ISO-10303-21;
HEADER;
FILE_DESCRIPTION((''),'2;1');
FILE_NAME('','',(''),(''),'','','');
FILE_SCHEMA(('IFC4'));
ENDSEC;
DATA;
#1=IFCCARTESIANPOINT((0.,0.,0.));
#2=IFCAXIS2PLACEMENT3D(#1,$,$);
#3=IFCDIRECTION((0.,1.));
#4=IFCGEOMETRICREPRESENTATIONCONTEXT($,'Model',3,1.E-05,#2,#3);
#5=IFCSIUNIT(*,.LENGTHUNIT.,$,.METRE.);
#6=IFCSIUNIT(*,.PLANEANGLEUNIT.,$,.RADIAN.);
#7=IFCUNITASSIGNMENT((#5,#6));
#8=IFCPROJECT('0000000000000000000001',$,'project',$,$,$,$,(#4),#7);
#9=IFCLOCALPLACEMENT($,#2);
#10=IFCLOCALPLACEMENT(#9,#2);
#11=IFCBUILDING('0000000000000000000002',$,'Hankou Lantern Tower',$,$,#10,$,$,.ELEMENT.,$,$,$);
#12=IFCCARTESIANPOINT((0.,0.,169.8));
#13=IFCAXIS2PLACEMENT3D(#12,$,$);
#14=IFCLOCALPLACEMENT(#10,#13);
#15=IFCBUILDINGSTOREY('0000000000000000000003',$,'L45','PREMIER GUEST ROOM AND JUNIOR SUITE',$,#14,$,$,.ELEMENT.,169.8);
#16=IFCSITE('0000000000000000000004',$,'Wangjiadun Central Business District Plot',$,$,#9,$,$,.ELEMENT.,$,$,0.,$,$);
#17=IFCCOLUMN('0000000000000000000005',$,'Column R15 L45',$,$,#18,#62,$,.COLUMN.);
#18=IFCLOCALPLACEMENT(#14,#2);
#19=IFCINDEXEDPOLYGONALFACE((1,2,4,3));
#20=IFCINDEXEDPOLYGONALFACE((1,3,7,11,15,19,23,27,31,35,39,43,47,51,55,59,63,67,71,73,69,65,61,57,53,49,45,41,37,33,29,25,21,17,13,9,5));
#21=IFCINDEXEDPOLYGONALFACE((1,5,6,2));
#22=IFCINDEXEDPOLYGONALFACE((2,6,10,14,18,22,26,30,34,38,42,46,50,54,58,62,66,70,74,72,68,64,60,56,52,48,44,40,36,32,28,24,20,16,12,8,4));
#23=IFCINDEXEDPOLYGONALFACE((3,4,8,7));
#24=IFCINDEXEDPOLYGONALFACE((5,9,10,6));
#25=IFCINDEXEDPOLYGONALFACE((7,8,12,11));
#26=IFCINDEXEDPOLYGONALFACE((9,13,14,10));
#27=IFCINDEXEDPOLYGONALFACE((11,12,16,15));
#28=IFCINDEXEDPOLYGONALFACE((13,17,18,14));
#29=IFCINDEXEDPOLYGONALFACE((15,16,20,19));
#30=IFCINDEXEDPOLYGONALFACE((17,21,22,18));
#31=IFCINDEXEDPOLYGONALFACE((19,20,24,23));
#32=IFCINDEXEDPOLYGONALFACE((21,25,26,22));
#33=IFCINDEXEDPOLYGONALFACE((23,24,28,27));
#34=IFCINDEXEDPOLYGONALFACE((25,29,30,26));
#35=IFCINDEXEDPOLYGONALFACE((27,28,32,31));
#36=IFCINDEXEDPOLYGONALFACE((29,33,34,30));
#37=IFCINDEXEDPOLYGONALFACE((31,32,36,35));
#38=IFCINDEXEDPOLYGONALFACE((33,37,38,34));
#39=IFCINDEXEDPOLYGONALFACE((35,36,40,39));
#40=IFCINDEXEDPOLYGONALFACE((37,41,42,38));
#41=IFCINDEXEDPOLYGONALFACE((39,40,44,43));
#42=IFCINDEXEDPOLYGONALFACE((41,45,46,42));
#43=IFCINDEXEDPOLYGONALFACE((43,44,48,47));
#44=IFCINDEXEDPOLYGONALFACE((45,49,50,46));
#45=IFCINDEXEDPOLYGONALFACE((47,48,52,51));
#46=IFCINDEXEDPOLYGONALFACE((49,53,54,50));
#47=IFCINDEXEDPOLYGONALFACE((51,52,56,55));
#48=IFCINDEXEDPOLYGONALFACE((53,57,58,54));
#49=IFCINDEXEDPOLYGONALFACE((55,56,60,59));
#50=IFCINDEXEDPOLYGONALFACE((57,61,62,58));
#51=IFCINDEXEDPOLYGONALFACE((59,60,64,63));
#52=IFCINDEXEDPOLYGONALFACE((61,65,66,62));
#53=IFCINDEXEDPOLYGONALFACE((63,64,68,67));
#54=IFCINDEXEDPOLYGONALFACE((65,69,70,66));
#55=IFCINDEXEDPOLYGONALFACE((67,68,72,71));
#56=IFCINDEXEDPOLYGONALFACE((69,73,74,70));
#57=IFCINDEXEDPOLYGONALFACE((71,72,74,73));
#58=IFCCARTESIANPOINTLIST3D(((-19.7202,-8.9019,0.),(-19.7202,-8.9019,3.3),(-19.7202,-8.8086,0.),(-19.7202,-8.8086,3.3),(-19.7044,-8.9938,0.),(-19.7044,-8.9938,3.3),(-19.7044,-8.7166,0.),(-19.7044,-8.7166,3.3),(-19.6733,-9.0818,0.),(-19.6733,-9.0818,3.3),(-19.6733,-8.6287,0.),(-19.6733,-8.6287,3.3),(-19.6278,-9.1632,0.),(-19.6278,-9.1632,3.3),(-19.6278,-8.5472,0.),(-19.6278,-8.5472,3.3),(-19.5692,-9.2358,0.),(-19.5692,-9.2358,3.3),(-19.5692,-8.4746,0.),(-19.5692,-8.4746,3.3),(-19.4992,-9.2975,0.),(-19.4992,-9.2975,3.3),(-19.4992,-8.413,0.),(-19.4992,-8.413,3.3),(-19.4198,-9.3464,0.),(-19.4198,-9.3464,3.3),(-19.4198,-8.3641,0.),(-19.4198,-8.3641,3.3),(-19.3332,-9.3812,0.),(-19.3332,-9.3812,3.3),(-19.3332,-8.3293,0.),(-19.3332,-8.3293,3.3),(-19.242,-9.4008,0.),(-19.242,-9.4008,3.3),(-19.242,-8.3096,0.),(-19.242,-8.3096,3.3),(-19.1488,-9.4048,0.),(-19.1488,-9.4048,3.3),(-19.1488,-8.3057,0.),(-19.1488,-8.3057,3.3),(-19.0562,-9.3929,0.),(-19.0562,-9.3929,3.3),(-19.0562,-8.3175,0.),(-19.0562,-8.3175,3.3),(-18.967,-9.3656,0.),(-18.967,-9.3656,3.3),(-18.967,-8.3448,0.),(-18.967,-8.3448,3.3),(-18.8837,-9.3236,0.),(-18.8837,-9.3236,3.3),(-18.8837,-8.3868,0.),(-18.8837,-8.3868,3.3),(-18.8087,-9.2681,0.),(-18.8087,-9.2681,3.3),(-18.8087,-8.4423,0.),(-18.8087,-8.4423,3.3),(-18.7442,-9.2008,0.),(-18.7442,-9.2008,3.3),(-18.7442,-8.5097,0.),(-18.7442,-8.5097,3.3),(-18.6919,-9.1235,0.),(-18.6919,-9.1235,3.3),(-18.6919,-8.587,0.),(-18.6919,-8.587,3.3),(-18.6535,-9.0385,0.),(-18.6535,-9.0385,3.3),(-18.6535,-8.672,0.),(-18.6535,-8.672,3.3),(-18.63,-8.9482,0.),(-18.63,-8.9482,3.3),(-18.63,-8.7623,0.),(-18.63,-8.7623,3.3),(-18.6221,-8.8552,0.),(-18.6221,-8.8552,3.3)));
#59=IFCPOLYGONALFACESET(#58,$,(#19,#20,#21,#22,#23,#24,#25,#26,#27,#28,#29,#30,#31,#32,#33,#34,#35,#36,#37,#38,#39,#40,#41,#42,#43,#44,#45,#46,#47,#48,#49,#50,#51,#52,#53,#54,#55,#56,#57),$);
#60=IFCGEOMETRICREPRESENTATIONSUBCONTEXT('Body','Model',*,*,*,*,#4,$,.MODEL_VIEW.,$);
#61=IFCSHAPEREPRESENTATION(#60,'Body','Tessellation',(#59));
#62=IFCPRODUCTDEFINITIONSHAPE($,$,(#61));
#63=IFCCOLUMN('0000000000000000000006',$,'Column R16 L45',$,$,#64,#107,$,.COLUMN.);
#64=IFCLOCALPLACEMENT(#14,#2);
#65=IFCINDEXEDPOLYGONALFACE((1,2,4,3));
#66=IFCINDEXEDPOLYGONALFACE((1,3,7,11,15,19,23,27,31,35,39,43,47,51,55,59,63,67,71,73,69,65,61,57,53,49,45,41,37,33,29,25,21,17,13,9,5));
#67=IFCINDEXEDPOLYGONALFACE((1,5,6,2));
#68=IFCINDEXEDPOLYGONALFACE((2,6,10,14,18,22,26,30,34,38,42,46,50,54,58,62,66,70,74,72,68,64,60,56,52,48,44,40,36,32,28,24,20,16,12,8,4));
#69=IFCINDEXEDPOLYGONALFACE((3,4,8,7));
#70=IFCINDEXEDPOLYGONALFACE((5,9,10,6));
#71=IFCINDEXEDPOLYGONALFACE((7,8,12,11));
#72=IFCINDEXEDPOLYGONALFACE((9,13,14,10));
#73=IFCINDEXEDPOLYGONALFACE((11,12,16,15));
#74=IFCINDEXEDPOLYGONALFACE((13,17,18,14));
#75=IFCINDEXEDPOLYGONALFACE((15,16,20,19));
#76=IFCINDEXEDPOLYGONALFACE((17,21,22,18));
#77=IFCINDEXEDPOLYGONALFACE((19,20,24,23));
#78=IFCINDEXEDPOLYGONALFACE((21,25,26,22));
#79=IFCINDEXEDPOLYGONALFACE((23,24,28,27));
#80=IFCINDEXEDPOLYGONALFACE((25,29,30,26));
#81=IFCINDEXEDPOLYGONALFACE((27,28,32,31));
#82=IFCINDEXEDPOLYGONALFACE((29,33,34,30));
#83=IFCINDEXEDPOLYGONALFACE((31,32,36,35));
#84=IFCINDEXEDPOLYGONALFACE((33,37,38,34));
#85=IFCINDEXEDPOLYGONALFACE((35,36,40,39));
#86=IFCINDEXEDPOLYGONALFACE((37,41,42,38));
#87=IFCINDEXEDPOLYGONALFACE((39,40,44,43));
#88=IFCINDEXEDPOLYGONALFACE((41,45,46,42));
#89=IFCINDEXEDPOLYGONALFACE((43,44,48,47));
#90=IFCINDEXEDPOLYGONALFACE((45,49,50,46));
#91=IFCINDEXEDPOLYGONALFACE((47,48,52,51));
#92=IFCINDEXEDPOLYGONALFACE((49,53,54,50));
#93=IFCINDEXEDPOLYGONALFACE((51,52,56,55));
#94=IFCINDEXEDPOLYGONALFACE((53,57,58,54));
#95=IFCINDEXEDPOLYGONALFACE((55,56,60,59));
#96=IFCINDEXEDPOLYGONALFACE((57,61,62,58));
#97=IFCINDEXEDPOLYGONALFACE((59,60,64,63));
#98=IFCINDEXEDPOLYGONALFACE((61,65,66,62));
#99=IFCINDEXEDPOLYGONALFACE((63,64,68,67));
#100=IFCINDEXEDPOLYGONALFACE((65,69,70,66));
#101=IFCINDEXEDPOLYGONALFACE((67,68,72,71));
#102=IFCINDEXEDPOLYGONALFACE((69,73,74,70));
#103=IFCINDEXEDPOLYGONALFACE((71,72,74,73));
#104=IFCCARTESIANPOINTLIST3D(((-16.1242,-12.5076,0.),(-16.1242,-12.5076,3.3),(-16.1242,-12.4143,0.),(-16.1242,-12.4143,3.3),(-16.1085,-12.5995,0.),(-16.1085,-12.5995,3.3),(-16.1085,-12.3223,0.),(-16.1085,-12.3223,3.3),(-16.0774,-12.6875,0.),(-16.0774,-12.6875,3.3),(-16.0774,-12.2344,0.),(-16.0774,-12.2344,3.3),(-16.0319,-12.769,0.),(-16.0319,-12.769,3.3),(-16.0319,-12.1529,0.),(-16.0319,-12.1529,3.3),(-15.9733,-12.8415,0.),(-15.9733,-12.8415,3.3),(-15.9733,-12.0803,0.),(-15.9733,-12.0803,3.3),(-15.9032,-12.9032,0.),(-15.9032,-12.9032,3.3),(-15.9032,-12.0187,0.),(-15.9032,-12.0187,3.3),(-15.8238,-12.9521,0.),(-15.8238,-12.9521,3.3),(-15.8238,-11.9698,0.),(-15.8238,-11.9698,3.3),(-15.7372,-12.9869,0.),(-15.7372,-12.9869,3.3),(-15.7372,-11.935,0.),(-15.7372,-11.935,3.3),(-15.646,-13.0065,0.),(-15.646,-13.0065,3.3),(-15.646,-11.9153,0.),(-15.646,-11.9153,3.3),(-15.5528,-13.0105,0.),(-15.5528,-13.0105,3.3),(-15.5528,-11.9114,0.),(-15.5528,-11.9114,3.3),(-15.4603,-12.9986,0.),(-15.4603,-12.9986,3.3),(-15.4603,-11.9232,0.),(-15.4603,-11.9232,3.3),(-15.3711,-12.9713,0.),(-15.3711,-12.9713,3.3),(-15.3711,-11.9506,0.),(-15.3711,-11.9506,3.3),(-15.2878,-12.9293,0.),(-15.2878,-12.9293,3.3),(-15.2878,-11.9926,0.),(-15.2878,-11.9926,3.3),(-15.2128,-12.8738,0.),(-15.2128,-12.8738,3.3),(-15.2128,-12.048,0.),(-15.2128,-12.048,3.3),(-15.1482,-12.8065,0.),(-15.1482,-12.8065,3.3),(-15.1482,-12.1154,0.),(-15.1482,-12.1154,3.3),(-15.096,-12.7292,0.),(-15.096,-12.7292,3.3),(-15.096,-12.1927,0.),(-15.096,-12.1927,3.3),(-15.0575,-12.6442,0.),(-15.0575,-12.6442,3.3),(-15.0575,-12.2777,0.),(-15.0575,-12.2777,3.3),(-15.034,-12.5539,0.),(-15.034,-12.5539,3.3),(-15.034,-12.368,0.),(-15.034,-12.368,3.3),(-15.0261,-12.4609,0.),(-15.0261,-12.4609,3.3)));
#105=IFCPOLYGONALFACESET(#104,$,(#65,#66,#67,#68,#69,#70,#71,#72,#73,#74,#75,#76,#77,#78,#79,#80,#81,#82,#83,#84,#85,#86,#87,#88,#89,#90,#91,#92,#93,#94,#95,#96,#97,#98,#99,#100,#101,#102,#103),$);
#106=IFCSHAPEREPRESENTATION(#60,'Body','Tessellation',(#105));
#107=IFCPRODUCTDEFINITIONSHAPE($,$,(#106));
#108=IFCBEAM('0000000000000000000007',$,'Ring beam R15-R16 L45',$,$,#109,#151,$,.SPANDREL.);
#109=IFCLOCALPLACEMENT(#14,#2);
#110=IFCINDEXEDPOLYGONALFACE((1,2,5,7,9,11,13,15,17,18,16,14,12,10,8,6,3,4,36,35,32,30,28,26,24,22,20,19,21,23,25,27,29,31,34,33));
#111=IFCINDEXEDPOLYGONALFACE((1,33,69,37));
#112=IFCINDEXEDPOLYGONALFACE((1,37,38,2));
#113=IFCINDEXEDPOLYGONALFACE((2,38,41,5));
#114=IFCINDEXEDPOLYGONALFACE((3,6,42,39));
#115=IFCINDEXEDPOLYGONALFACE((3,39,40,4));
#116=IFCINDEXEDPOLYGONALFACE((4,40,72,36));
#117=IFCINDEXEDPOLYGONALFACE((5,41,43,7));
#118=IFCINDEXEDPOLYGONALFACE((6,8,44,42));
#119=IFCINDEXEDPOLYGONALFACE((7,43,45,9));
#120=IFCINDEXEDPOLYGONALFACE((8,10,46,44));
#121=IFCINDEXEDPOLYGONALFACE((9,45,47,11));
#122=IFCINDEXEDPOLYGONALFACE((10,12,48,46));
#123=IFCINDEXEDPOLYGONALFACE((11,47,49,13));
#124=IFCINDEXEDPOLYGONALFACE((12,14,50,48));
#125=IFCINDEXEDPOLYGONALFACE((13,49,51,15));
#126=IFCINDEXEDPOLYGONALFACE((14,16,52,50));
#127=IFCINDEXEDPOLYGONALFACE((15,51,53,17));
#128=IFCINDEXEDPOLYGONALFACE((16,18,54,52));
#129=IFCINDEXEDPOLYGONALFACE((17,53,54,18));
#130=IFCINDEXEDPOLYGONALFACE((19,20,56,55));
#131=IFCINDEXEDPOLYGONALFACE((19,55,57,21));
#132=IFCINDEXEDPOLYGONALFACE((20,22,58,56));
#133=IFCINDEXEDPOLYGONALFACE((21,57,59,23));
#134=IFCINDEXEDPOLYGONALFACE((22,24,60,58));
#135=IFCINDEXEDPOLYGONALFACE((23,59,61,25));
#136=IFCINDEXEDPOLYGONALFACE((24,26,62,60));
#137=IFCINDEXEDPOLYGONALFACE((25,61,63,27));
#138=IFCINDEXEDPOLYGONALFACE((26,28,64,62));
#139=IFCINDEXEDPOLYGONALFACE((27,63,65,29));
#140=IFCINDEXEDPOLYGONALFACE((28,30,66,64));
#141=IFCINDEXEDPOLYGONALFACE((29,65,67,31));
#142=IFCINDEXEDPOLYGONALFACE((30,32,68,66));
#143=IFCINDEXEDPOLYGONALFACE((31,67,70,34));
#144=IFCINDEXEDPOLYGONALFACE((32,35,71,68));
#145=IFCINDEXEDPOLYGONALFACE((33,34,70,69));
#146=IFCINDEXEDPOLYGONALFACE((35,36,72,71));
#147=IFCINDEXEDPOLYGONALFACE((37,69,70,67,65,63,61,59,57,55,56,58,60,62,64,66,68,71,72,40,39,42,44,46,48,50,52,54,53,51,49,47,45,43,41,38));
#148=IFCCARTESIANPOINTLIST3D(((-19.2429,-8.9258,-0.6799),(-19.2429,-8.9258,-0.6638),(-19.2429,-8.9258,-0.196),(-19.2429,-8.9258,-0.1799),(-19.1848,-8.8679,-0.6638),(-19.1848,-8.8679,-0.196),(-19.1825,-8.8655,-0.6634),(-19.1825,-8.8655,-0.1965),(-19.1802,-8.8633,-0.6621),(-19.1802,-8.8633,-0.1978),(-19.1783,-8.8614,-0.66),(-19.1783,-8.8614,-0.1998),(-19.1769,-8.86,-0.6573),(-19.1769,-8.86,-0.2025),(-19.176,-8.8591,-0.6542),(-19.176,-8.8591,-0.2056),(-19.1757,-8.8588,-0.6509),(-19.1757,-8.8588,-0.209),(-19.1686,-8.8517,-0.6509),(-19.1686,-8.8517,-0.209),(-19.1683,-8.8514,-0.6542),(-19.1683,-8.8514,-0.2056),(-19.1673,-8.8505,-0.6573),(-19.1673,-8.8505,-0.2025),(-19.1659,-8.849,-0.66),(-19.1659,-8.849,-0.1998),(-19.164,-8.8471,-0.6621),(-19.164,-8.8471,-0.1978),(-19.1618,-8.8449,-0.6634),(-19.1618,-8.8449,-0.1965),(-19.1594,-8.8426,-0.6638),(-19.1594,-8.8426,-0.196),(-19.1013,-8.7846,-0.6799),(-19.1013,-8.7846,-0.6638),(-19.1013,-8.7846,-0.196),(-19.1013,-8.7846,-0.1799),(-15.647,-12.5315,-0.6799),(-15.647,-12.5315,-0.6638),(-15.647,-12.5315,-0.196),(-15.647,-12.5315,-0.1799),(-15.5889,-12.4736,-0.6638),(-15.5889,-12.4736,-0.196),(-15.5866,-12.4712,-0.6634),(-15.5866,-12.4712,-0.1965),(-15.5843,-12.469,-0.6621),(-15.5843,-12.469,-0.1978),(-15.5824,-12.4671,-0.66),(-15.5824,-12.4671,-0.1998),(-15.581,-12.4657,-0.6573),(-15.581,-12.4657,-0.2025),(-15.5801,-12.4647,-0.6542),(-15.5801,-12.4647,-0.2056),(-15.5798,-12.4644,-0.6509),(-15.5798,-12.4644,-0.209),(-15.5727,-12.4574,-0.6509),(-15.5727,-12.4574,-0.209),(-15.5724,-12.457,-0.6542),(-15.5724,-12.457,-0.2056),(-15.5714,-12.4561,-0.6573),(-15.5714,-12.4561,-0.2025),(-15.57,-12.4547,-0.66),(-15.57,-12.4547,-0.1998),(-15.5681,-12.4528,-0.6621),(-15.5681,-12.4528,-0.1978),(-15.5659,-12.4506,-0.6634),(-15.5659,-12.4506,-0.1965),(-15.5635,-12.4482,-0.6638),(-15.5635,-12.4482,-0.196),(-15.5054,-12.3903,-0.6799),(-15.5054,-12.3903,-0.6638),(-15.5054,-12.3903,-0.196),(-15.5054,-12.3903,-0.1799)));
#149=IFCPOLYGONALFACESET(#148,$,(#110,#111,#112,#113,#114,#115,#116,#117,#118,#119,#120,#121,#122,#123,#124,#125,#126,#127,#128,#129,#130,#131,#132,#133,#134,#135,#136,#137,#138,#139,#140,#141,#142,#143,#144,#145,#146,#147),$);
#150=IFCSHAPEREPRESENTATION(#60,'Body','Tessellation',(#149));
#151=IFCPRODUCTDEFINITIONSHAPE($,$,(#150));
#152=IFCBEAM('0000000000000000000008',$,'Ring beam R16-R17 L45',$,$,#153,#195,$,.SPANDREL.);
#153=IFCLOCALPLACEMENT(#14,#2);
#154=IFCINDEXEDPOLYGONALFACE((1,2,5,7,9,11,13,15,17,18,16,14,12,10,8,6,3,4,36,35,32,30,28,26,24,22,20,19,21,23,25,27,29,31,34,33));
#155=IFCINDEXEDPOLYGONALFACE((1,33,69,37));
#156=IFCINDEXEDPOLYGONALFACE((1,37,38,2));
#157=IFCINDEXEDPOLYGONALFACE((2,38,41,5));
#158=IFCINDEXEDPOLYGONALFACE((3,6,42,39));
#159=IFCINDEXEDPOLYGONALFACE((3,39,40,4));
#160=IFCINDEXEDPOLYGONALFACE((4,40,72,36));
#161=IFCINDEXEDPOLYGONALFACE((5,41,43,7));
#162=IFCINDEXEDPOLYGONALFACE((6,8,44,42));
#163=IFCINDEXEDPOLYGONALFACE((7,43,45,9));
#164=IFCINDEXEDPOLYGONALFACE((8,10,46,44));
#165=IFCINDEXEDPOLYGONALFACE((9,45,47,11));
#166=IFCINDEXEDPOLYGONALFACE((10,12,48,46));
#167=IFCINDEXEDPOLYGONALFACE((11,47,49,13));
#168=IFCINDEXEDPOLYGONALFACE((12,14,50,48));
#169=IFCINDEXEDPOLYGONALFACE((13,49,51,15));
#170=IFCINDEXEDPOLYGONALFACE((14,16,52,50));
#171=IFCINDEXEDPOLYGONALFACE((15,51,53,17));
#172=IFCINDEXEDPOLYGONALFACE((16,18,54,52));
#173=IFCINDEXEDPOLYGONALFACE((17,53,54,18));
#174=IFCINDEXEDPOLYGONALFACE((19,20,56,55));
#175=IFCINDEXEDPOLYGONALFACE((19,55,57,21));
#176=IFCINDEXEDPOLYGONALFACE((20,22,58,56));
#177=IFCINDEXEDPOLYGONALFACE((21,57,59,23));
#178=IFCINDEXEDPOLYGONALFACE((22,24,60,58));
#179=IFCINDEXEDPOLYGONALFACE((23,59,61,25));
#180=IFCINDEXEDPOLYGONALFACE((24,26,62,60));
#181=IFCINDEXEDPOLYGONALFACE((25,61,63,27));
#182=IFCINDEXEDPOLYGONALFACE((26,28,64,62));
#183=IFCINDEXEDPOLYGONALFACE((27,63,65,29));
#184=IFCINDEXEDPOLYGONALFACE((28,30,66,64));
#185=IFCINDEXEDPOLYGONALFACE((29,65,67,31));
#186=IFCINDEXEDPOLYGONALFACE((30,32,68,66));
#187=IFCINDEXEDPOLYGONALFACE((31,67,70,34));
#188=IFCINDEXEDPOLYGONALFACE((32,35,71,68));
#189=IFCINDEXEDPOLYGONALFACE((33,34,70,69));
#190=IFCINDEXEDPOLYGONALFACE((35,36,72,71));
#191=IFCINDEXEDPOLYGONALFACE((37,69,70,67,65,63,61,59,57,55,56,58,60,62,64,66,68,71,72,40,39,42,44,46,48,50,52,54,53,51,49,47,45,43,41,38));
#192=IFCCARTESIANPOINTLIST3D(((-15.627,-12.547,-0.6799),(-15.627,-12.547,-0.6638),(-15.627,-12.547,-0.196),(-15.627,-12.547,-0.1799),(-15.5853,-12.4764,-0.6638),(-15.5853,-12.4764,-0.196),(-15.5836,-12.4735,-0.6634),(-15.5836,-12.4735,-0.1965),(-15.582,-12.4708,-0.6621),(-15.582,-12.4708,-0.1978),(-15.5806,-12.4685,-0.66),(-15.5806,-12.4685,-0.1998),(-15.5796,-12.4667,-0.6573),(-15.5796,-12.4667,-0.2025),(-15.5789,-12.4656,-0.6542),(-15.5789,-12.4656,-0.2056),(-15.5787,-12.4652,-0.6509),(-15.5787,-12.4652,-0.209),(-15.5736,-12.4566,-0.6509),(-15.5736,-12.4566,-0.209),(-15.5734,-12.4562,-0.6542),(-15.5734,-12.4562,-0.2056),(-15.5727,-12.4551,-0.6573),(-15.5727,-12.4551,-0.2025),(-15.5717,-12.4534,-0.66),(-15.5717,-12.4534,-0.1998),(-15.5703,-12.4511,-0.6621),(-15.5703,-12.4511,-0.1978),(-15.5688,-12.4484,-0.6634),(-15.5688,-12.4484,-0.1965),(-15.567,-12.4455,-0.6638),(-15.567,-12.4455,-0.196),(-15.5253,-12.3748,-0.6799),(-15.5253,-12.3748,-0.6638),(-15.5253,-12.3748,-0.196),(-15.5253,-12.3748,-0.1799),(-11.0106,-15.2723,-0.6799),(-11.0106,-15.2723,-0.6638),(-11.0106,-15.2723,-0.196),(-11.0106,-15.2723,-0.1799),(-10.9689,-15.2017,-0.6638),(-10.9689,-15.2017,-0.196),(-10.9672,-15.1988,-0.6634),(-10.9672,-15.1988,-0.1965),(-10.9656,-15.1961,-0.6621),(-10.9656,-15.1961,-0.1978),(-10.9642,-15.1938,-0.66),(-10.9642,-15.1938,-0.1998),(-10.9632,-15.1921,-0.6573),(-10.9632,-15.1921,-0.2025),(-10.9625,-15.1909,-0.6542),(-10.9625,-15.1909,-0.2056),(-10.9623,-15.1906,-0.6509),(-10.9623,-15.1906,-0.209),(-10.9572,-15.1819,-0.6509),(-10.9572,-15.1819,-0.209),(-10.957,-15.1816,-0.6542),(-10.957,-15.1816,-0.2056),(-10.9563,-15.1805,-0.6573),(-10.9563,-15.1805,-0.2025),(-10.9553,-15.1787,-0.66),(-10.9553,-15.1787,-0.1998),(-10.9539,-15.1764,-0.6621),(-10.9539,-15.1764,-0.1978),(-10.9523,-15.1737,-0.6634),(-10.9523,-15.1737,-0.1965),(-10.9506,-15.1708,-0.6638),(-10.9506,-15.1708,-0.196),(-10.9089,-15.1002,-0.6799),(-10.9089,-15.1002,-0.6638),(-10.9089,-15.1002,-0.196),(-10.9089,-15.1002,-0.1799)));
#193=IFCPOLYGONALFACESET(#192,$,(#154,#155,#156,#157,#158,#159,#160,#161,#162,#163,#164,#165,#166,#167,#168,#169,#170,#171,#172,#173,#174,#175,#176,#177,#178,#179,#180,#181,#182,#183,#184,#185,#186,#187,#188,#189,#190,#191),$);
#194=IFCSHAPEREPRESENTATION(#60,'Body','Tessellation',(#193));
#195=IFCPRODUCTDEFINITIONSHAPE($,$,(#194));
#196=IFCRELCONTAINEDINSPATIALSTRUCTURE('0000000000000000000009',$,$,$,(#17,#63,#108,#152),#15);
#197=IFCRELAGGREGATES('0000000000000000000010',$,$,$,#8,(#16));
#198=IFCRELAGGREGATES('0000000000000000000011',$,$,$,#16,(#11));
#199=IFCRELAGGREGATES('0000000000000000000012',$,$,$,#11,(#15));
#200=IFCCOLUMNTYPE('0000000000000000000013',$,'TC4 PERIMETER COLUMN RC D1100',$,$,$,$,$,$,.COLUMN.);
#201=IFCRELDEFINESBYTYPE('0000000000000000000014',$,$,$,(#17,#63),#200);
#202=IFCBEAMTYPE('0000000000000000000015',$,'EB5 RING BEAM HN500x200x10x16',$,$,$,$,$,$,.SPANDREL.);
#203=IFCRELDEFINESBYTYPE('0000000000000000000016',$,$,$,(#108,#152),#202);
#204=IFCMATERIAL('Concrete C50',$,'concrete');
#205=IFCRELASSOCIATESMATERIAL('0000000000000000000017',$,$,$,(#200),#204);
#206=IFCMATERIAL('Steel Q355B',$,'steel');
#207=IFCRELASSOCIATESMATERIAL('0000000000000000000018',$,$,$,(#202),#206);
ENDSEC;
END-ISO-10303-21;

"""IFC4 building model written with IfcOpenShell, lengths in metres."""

from ifc_helpers import new_model, si_unit, direction, frame, origin, origin_2d, place, context, subcontext, project, spatial, circle, i_section, extrude, material, material_profile, profile_set, type_object, element, save


model = new_model("IFC4")

# Units and contexts
model_context = context("Model", 3, precision=1e-05, world=origin(), true_north=direction((0.0, 1.0)))
body_context = subcontext(model_context, "Body", "Model", "MODEL_VIEW")
ifc_project = project(units=[si_unit("LENGTHUNIT", "METRE"), si_unit("PLANEANGLEUNIT", "RADIAN")], contexts=[model_context])

# Site, building, storey
site_placement = place(None, origin())
site = spatial("IfcSite", under=ifc_project, at=site_placement, Name="Wangjiadun Central Business District Plot", CompositionType="ELEMENT", RefElevation=0.0)
building_placement = place(site_placement, origin())
building = spatial("IfcBuilding", under=site, at=building_placement, Name="Hankou Lantern Tower", CompositionType="ELEMENT")
storey_placement = place(building_placement, frame((0.0, 0.0, 169.8)))
storey = spatial("IfcBuildingStorey", under=building, at=storey_placement, Name="L45", Description="PREMIER GUEST ROOM AND JUNIOR SUITE", CompositionType="ELEMENT", Elevation=169.8)

# Columns
ifc_material_1 = material(Name="Concrete C50", Category="concrete")
ifc_material_profile_1 = material_profile(ifc_material_1, circle(Radius=0.55, at=origin_2d()), Name="RC D1100")
ifc_profile_set_1 = profile_set([ifc_material_profile_1], Name="Concrete C50")
column_type = type_object("IfcColumnType", Name="TC4 PERIMETER COLUMN RC D1100", PredefinedType="COLUMN", material=ifc_profile_set_1)
for number, where, z_axis, x_axis, name in (
    (1, (-19.1721, -8.8552, 0.0), (0.0, 0.0, 1.0), (1.0, 0.0, 0.0), "Column R15 L45"),
    (2, (-15.5762, -12.4609, 0.0), (0.0, 0.0, 1.0), (1.0, 0.0, 0.0), "Column R16 L45"),
):
    element("IfcColumn", number, at=place(storey_placement, frame(where, z_axis=z_axis, x_axis=x_axis)), inside=storey, type_object=column_type, Name=name, PredefinedType="COLUMN", context=body_context, shape_type="SweptSolid", body=[
        extrude(circle(Radius=0.55, at=origin_2d()), origin(), (0.0, 0.0, 1.0), 3.3),
    ])

# Beams
ifc_material_2 = material(Name="Steel Q355B", Category="steel")
ifc_material_profile_2 = material_profile(ifc_material_2, i_section(OverallWidth=0.2, OverallDepth=0.5, WebThickness=0.01, FlangeThickness=0.0161, FilletRadius=0.0129, at=origin_2d()), Name="HN500x200x10x16")
ifc_profile_set_2 = profile_set([ifc_material_profile_2], Name="Steel Q355B")
beam_type_1 = type_object("IfcBeamType", Name="EB5 RING BEAM HN500x200x10x16", PredefinedType="SPANDREL", material=ifc_profile_set_2)
beam_1_placement = place(storey_placement, frame((-19.1721, -8.8552, -0.4299), z_axis=(0.706147, -0.708065, 0.0), x_axis=(0.708065, 0.706147, 0.0)))
element("IfcBeam", 3, at=beam_1_placement, inside=storey, type_object=beam_type_1, Name="Ring beam R15-R16 L45", PredefinedType="SPANDREL", context=body_context, shape_type="SweptSolid", body=[
    extrude(i_section(OverallWidth=0.2, OverallDepth=0.5, WebThickness=0.01, FlangeThickness=0.0161, FilletRadius=0.0129, at=origin_2d()), origin(), (0.0, 0.0, 1.0), 5.0923),
])
beam_2_placement = place(storey_placement, frame((-15.5762, -12.4609, -0.4299), z_axis=(0.861136, -0.508375, 0.0), x_axis=(0.508375, 0.861136, 0.0)))
element("IfcBeam", 4, at=beam_2_placement, inside=storey, type_object=beam_type_1, Name="Ring beam R16-R17 L45", PredefinedType="SPANDREL", context=body_context, shape_type="SweptSolid", body=[
    extrude(i_section(OverallWidth=0.2, OverallDepth=0.5, WebThickness=0.01, FlangeThickness=0.0161, FilletRadius=0.0129, at=origin_2d()), origin(), (0.0, 0.0, 1.0), 5.3608),
])

save(model, "model.ifc")
